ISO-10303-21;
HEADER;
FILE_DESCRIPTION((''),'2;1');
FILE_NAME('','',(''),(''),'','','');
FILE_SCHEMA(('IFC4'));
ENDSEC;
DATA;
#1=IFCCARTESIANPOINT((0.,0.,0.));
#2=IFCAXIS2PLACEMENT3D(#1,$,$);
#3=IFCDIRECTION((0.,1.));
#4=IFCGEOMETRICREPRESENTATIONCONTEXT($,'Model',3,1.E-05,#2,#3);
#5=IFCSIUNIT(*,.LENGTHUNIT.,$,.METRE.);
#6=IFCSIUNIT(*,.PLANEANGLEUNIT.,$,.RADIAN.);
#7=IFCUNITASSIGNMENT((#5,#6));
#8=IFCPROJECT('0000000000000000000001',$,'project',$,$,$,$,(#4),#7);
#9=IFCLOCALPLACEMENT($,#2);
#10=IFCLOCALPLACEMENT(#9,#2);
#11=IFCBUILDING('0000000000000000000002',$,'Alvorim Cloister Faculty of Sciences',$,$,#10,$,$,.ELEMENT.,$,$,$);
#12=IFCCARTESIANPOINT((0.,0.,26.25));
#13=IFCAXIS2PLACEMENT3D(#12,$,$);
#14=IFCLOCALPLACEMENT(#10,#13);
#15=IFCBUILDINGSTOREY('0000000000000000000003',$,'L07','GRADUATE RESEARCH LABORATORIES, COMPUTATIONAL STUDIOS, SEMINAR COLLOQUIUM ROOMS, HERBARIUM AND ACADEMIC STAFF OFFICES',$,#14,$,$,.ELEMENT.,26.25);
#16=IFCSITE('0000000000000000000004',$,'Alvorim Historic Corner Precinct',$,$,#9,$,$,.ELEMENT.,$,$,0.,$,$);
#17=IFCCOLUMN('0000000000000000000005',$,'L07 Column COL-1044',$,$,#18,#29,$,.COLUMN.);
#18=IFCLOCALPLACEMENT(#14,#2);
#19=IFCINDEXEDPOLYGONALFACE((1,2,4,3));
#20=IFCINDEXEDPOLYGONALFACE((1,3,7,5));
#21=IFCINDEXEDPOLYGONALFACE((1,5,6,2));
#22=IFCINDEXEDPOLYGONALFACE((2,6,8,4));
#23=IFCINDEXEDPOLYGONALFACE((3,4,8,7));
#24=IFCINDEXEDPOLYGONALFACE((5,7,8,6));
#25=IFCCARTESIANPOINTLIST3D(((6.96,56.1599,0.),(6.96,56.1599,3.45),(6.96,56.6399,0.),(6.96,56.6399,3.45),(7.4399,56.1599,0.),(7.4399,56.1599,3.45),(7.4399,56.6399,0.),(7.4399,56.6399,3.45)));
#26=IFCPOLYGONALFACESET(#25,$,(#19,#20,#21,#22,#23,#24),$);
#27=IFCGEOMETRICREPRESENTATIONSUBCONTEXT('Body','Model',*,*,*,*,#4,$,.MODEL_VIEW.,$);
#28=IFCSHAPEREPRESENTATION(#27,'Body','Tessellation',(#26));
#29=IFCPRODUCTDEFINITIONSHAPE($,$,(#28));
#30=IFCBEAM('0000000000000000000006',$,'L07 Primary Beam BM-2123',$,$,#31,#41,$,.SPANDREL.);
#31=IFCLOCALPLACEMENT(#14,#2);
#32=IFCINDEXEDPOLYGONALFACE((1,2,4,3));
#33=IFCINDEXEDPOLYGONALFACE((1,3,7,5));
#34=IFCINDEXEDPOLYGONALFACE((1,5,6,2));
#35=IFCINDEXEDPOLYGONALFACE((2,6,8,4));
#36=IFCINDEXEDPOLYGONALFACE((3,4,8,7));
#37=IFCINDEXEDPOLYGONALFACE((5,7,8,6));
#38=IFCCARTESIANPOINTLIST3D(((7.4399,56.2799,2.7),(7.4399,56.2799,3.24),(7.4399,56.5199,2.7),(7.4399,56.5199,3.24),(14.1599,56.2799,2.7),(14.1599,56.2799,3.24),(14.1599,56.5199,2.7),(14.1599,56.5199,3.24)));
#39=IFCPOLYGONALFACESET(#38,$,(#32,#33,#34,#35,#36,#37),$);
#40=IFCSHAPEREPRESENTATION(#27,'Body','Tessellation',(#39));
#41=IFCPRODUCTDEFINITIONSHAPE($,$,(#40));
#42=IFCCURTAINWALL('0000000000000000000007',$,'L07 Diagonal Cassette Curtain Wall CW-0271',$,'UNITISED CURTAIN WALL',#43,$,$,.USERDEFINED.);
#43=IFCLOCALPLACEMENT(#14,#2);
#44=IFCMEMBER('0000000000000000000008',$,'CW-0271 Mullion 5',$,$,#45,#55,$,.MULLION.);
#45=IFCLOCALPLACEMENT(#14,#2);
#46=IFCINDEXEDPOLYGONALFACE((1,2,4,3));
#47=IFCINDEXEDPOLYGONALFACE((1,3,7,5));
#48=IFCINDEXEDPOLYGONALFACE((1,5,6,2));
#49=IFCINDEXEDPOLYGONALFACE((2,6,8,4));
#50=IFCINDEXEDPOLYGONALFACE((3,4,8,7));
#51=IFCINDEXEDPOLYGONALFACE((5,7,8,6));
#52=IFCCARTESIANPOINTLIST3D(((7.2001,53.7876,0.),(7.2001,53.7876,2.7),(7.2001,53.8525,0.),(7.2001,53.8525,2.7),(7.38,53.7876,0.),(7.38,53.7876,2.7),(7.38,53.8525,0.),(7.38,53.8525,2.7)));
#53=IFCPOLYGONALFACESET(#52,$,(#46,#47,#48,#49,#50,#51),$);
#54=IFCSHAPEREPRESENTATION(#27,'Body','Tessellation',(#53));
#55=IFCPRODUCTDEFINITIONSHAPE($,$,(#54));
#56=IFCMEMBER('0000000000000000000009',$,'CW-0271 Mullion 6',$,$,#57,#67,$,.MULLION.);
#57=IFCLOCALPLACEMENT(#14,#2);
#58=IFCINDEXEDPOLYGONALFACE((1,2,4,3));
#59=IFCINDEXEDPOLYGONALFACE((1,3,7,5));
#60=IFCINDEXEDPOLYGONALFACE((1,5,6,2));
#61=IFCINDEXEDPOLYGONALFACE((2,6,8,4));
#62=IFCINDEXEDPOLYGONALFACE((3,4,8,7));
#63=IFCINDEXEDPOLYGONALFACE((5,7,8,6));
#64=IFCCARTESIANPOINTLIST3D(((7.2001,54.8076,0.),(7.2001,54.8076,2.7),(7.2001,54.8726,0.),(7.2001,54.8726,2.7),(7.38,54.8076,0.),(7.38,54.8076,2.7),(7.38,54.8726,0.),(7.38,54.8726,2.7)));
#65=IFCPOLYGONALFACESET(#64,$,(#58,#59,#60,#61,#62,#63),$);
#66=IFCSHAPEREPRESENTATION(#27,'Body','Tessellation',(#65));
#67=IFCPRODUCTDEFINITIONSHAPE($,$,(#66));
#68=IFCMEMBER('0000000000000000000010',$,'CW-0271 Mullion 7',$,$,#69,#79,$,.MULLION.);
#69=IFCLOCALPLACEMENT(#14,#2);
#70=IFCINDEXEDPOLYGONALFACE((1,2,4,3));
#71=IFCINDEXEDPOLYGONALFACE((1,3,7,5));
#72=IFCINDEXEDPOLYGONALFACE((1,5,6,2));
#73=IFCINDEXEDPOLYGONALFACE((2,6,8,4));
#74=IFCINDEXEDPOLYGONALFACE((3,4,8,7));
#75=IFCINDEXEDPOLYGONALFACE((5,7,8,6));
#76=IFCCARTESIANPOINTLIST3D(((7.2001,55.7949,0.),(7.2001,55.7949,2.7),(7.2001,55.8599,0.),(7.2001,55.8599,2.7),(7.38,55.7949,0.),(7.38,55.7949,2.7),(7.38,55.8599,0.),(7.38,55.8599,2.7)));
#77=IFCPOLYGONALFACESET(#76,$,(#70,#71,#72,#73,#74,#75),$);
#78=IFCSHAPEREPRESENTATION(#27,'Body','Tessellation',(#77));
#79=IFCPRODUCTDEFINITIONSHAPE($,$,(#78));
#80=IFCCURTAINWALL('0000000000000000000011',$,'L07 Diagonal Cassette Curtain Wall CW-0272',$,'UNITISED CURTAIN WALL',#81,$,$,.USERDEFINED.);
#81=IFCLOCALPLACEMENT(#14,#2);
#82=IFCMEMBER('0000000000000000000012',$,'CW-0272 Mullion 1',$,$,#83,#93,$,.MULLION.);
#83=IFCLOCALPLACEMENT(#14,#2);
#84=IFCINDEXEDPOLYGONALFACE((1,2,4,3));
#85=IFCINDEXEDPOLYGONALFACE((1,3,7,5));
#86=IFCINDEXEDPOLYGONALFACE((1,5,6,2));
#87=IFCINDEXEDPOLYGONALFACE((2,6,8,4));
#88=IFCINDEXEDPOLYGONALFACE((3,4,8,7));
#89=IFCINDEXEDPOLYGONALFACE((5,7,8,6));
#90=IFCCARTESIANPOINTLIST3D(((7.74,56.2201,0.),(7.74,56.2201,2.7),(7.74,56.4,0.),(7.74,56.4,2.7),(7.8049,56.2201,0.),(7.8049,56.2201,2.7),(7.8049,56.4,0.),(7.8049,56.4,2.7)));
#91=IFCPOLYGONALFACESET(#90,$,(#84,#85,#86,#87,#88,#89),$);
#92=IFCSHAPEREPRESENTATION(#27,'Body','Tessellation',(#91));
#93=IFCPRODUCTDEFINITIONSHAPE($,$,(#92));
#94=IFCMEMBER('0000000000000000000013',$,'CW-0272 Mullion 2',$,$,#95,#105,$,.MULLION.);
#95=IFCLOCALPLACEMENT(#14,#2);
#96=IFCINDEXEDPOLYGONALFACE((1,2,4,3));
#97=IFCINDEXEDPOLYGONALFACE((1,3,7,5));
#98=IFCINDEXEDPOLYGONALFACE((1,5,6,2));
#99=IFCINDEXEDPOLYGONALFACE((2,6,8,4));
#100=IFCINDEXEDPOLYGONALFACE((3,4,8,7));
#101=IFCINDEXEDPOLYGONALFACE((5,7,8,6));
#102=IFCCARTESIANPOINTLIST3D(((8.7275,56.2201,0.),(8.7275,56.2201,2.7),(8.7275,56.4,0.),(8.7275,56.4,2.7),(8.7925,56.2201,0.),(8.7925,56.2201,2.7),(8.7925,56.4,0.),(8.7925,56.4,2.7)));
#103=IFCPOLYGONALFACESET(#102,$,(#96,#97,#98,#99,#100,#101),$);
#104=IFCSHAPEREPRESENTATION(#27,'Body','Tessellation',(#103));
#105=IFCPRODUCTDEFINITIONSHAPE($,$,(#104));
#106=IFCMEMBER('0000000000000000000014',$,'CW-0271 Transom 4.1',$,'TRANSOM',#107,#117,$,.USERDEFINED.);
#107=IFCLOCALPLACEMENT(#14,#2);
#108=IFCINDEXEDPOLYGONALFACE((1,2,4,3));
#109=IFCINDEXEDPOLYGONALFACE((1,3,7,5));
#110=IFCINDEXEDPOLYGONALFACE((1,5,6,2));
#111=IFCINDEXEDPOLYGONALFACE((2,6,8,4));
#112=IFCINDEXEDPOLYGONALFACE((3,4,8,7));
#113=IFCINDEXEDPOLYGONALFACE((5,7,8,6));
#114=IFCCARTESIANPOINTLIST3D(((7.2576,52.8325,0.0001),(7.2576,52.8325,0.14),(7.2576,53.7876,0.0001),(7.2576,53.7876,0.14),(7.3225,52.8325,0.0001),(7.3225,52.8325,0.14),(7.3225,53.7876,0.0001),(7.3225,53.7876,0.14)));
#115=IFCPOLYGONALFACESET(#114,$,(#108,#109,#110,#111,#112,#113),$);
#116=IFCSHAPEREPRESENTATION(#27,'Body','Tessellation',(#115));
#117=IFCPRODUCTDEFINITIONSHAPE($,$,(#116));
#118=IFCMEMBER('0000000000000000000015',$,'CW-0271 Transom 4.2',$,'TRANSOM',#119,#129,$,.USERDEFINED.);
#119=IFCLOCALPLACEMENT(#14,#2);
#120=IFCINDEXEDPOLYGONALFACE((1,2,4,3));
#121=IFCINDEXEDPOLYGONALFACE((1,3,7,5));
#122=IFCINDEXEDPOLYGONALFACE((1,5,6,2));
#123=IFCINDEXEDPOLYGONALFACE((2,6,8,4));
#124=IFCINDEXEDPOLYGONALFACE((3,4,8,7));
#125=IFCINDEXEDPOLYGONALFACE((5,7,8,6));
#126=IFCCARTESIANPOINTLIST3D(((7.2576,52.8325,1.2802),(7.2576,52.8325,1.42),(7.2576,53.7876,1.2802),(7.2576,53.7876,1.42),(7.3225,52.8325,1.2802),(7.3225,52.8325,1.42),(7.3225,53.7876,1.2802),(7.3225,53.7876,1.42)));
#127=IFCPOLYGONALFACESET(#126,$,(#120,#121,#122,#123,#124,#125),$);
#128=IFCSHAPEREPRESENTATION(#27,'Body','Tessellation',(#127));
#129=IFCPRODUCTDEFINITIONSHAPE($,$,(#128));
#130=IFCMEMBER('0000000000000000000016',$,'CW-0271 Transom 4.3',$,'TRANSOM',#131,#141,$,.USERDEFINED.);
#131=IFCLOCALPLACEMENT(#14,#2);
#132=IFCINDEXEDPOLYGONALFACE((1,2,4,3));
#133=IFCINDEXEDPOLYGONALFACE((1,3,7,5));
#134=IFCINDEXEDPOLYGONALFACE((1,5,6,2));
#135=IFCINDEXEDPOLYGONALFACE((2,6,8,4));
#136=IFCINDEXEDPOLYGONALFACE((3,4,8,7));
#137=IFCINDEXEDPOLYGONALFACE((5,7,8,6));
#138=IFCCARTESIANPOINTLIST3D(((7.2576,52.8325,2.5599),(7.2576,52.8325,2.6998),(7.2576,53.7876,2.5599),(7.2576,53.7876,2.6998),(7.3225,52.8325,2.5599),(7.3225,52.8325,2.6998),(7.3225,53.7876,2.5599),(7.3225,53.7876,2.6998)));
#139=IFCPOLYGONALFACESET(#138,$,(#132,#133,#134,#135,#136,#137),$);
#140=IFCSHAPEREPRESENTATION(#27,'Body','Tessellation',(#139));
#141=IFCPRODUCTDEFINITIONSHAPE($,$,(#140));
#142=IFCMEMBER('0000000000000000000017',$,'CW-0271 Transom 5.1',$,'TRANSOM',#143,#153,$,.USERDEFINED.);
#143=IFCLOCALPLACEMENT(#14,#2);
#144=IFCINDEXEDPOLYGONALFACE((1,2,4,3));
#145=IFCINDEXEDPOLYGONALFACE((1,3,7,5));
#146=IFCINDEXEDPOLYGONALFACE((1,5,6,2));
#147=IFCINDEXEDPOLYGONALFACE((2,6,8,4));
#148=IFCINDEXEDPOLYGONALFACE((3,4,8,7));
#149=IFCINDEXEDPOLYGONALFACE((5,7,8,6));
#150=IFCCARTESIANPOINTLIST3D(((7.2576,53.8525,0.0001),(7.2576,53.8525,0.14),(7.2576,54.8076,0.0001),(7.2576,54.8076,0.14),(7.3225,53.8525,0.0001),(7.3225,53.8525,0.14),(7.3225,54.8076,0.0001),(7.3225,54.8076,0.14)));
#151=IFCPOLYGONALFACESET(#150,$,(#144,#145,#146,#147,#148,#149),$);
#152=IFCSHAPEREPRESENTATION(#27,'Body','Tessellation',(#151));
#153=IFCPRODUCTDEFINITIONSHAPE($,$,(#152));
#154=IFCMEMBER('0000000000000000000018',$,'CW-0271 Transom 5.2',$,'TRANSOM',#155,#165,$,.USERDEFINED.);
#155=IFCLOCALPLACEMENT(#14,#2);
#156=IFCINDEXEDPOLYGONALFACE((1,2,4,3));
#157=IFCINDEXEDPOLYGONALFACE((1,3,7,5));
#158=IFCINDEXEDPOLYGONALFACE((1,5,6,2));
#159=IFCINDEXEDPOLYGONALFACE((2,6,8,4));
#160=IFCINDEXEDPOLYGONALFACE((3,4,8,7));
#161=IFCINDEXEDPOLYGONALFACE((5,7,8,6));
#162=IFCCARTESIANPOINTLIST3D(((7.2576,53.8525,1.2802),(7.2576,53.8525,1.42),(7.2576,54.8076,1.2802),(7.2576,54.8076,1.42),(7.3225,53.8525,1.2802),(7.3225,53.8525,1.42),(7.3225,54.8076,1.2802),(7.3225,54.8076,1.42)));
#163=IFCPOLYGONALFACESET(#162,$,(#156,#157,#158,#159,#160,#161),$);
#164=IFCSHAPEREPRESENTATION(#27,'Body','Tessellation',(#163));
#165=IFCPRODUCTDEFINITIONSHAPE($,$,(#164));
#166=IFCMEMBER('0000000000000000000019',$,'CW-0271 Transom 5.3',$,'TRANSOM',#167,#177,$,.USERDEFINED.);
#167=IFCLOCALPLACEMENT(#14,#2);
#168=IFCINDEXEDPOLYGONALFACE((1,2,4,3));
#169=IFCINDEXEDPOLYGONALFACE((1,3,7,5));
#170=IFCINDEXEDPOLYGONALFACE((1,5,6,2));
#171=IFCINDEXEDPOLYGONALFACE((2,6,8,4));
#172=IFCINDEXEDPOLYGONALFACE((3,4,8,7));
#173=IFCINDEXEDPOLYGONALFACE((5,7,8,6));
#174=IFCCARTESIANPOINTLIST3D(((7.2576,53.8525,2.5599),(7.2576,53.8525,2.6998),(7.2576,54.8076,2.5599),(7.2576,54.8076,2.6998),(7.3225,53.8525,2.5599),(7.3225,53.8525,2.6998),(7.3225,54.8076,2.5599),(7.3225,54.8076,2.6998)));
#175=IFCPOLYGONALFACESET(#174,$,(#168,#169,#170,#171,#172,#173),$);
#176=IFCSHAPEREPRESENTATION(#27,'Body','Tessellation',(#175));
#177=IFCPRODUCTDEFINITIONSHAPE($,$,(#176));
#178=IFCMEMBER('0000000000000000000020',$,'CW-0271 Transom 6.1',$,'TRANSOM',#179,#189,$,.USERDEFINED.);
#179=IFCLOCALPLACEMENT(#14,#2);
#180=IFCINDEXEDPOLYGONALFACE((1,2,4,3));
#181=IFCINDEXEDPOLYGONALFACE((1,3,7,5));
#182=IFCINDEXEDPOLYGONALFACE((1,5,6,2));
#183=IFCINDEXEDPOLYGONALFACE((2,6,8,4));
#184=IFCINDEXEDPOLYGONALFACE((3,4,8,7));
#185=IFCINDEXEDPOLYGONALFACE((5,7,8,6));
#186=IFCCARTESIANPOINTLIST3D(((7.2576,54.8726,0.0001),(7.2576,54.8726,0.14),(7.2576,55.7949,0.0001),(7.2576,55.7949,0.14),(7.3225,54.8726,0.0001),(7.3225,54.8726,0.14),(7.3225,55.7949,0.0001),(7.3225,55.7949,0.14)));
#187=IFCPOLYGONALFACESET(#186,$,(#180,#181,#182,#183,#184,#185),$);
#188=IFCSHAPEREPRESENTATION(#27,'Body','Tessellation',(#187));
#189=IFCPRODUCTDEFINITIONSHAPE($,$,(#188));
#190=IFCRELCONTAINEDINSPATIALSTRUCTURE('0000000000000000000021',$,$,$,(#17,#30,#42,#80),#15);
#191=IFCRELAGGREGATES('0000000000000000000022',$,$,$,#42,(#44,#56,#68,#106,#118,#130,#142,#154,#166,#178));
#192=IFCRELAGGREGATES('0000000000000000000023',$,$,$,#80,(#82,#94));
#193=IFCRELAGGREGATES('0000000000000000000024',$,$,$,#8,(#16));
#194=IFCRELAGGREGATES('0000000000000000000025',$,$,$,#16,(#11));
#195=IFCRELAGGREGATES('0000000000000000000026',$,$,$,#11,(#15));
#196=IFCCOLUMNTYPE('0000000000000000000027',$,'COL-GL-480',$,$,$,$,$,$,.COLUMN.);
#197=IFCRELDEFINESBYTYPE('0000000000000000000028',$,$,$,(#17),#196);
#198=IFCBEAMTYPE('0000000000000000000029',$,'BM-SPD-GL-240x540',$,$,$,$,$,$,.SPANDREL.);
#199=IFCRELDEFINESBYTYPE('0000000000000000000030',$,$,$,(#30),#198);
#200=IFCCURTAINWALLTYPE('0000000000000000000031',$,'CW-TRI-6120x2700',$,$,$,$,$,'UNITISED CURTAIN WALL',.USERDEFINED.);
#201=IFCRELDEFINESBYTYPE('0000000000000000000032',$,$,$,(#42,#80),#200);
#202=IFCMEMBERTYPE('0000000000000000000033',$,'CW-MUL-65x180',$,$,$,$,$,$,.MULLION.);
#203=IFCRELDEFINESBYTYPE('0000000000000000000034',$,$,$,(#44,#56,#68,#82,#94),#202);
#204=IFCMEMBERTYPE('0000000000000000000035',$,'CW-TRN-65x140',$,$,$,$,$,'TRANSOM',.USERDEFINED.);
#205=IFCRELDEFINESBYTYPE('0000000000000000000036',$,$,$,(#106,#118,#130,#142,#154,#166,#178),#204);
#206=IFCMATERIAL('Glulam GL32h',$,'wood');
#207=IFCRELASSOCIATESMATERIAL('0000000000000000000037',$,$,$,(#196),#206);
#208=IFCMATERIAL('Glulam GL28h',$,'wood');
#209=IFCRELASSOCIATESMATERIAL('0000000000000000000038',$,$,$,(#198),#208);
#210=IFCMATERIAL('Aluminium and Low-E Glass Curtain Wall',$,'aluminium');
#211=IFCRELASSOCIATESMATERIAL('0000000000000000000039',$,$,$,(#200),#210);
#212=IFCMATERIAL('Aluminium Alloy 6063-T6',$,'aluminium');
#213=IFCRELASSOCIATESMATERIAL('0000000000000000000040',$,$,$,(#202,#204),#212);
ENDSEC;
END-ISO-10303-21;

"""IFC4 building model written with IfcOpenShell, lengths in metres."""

from ifc_helpers import new_model, si_unit, direction, frame, origin, origin_2d, place, context, subcontext, project, spatial, rectangle, extrude, material, material_profile, profile_set, type_object, element, aggregate, save


model = new_model("IFC4")

# Units and contexts
model_context = context("Model", 3, precision=1e-05, world=origin(), true_north=direction((0.0, 1.0)))
body_context = subcontext(model_context, "Body", "Model", "MODEL_VIEW")
ifc_project = project(units=[si_unit("LENGTHUNIT", "METRE"), si_unit("PLANEANGLEUNIT", "RADIAN")], contexts=[model_context])

# Site, building, storey
site_placement = place(None, origin())
site = spatial("IfcSite", under=ifc_project, at=site_placement, Name="Alvorim Historic Corner Precinct", CompositionType="ELEMENT", RefElevation=0.0)
building_placement = place(site_placement, origin())
building = spatial("IfcBuilding", under=site, at=building_placement, Name="Alvorim Cloister Faculty of Sciences", CompositionType="ELEMENT")
storey_placement = place(building_placement, frame((0.0, 0.0, 26.25)))
storey = spatial("IfcBuildingStorey", under=building, at=storey_placement, Name="L07", Description="GRADUATE RESEARCH LABORATORIES, COMPUTATIONAL STUDIOS, SEMINAR COLLOQUIUM ROOMS, HERBARIUM AND ACADEMIC STAFF OFFICES", CompositionType="ELEMENT", Elevation=26.25)

# Column
ifc_material_1 = material(Name="Glulam GL32h", Category="wood")
ifc_material_profile_1 = material_profile(ifc_material_1, rectangle(XDim=0.48, YDim=0.48, at=origin_2d()), Name="GL32-COL-480x480")
ifc_profile_set_1 = profile_set([ifc_material_profile_1], Name="Glulam GL32h")
column_type = type_object("IfcColumnType", Name="COL-GL-480", PredefinedType="COLUMN", material=ifc_profile_set_1)
column_placement = place(storey_placement, frame((7.2, 56.3999, 0.0), z_axis=(0.0, 0.0, 1.0), x_axis=(1.0, 0.0, 0.0)))
element("IfcColumn", 1, at=column_placement, inside=storey, type_object=column_type, Name="L07 Column COL-1044", PredefinedType="COLUMN", context=body_context, shape_type="SweptSolid", body=[
    extrude(rectangle(XDim=0.48, YDim=0.48, at=origin_2d()), origin(), (0.0, 0.0, 1.0), 3.45),
])

# Beam
ifc_material_2 = material(Name="Glulam GL28h", Category="wood")
ifc_material_profile_2 = material_profile(ifc_material_2, rectangle(XDim=0.24, YDim=0.54, at=origin_2d()), Name="GL28-SPD-240x540")
ifc_profile_set_2 = profile_set([ifc_material_profile_2], Name="Glulam GL28h")
beam_type = type_object("IfcBeamType", Name="BM-SPD-GL-240x540", PredefinedType="SPANDREL", material=ifc_profile_set_2)
beam_placement = place(storey_placement, frame((7.4399, 56.3999, 2.97), z_axis=(1.0, 0.0, 0.0), x_axis=(0.0, 1.0, 0.0)))
element("IfcBeam", 2, at=beam_placement, inside=storey, type_object=beam_type, Name="L07 Primary Beam BM-2123", PredefinedType="SPANDREL", context=body_context, shape_type="SweptSolid", body=[
    extrude(rectangle(XDim=0.24, YDim=0.54, at=origin_2d()), origin(), (0.0, 0.0, 1.0), 6.72),
])

# Curtain walls, members
ifc_material_3 = material(Name="Aluminium and Low-E Glass Curtain Wall", Category="aluminium")
curtain_wall_type = type_object("IfcCurtainWallType", Name="CW-TRI-6120x2700", ElementType="UNITISED CURTAIN WALL", PredefinedType="USERDEFINED", material=ifc_material_3)
curtain_wall_1_placement = place(storey_placement, origin())
curtain_wall_1 = element("IfcCurtainWall", 3, at=curtain_wall_1_placement, inside=storey, type_object=curtain_wall_type, Name="L07 Diagonal Cassette Curtain Wall CW-0271", ObjectType="UNITISED CURTAIN WALL", PredefinedType="USERDEFINED")
ifc_material_4 = material(Name="Aluminium Alloy 6063-T6", Category="aluminium")
ifc_material_profile_3 = material_profile(ifc_material_4, rectangle(XDim=0.0649, YDim=0.1799, at=origin_2d()), Name="ALU-MUL-65x180")
ifc_profile_set_3 = profile_set([ifc_material_profile_3], Name="Aluminium Alloy 6063-T6")
member_type_1 = type_object("IfcMemberType", Name="CW-MUL-65x180", PredefinedType="MULLION", material=ifc_profile_set_3)
member_1_placement = place(storey_placement, frame((7.29, 53.8201, 0.0), z_axis=(0.0, 0.0, 1.0), x_axis=(0.0, 1.0, 0.0)))
member_1 = element("IfcMember", 4, at=member_1_placement, type_object=member_type_1, Name="CW-0271 Mullion 5", PredefinedType="MULLION", context=body_context, shape_type="SweptSolid", body=[
    extrude(rectangle(XDim=0.0649, YDim=0.1799, at=origin_2d()), origin(), (0.0, 0.0, 1.0), 2.7),
])
member_2_placement = place(storey_placement, frame((7.29, 54.8401, 0.0), z_axis=(0.0, 0.0, 1.0), x_axis=(0.0, 1.0, 0.0)))
member_2 = element("IfcMember", 5, at=member_2_placement, type_object=member_type_1, Name="CW-0271 Mullion 6", PredefinedType="MULLION", context=body_context, shape_type="SweptSolid", body=[
    extrude(rectangle(XDim=0.0649, YDim=0.1799, at=origin_2d()), origin(), (0.0, 0.0, 1.0), 2.7),
])
member_3_placement = place(storey_placement, frame((7.29, 55.8274, 0.0), z_axis=(0.0, 0.0, 1.0), x_axis=(0.0, 1.0, 0.0)))
member_3 = element("IfcMember", 6, at=member_3_placement, type_object=member_type_1, Name="CW-0271 Mullion 7", PredefinedType="MULLION", context=body_context, shape_type="SweptSolid", body=[
    extrude(rectangle(XDim=0.0649, YDim=0.1799, at=origin_2d()), origin(), (0.0, 0.0, 1.0), 2.7),
])
curtain_wall_2_placement = place(storey_placement, origin())
curtain_wall_2 = element("IfcCurtainWall", 7, at=curtain_wall_2_placement, inside=storey, type_object=curtain_wall_type, Name="L07 Diagonal Cassette Curtain Wall CW-0272", ObjectType="UNITISED CURTAIN WALL", PredefinedType="USERDEFINED")
member_4_placement = place(storey_placement, frame((7.7725, 56.3101, 0.0), z_axis=(0.0, 0.0, 1.0), x_axis=(1.0, 0.0, 0.0)))
member_4 = element("IfcMember", 8, at=member_4_placement, type_object=member_type_1, Name="CW-0272 Mullion 1", PredefinedType="MULLION", context=body_context, shape_type="SweptSolid", body=[
    extrude(rectangle(XDim=0.0649, YDim=0.1799, at=origin_2d()), origin(), (0.0, 0.0, 1.0), 2.7),
])
member_5_placement = place(storey_placement, frame((8.76, 56.3101, 0.0), z_axis=(0.0, 0.0, 1.0), x_axis=(1.0, 0.0, 0.0)))
member_5 = element("IfcMember", 9, at=member_5_placement, type_object=member_type_1, Name="CW-0272 Mullion 2", PredefinedType="MULLION", context=body_context, shape_type="SweptSolid", body=[
    extrude(rectangle(XDim=0.0649, YDim=0.1799, at=origin_2d()), origin(), (0.0, 0.0, 1.0), 2.7),
])

# Members
ifc_material_profile_4 = material_profile(ifc_material_4, rectangle(XDim=0.0649, YDim=0.1399, at=origin_2d()), Name="ALU-TRN-65x140")
ifc_profile_set_4 = profile_set([ifc_material_profile_4], Name="Aluminium Alloy 6063-T6")
member_type_2 = type_object("IfcMemberType", Name="CW-TRN-65x140", ElementType="TRANSOM", PredefinedType="USERDEFINED", material=ifc_profile_set_4)
member_6_placement = place(storey_placement, frame((7.29, 52.8325, 0.0701), z_axis=(0.0, 1.0, 0.0), x_axis=(-1.0, 0.0, 0.0)))
member_6 = element("IfcMember", 10, at=member_6_placement, type_object=member_type_2, Name="CW-0271 Transom 4.1", ObjectType="TRANSOM", PredefinedType="USERDEFINED", context=body_context, shape_type="SweptSolid", body=[
    extrude(rectangle(XDim=0.0649, YDim=0.1399, at=origin_2d()), origin(), (0.0, 0.0, 1.0), 0.9551),
])
member_7_placement = place(storey_placement, frame((7.29, 52.8325, 1.3501), z_axis=(0.0, 1.0, 0.0), x_axis=(-1.0, 0.0, 0.0)))
member_7 = element("IfcMember", 11, at=member_7_placement, type_object=member_type_2, Name="CW-0271 Transom 4.2", ObjectType="TRANSOM", PredefinedType="USERDEFINED", context=body_context, shape_type="SweptSolid", body=[
    extrude(rectangle(XDim=0.0649, YDim=0.1399, at=origin_2d()), origin(), (0.0, 0.0, 1.0), 0.9551),
])
member_8_placement = place(storey_placement, frame((7.29, 52.8325, 2.6299), z_axis=(0.0, 1.0, 0.0), x_axis=(-1.0, 0.0, 0.0)))
member_8 = element("IfcMember", 12, at=member_8_placement, type_object=member_type_2, Name="CW-0271 Transom 4.3", ObjectType="TRANSOM", PredefinedType="USERDEFINED", context=body_context, shape_type="SweptSolid", body=[
    extrude(rectangle(XDim=0.0649, YDim=0.1399, at=origin_2d()), origin(), (0.0, 0.0, 1.0), 0.9551),
])
member_9_placement = place(storey_placement, frame((7.29, 53.8525, 0.0701), z_axis=(0.0, 1.0, 0.0), x_axis=(-1.0, 0.0, 0.0)))
member_9 = element("IfcMember", 13, at=member_9_placement, type_object=member_type_2, Name="CW-0271 Transom 5.1", ObjectType="TRANSOM", PredefinedType="USERDEFINED", context=body_context, shape_type="SweptSolid", body=[
    extrude(rectangle(XDim=0.0649, YDim=0.1399, at=origin_2d()), origin(), (0.0, 0.0, 1.0), 0.9551),
])
member_10_placement = place(storey_placement, frame((7.29, 53.8525, 1.3501), z_axis=(0.0, 1.0, 0.0), x_axis=(-1.0, 0.0, 0.0)))
member_10 = element("IfcMember", 14, at=member_10_placement, type_object=member_type_2, Name="CW-0271 Transom 5.2", ObjectType="TRANSOM", PredefinedType="USERDEFINED", context=body_context, shape_type="SweptSolid", body=[
    extrude(rectangle(XDim=0.0649, YDim=0.1399, at=origin_2d()), origin(), (0.0, 0.0, 1.0), 0.9551),
])
member_11_placement = place(storey_placement, frame((7.29, 53.8525, 2.6299), z_axis=(0.0, 1.0, 0.0), x_axis=(-1.0, 0.0, 0.0)))
member_11 = element("IfcMember", 15, at=member_11_placement, type_object=member_type_2, Name="CW-0271 Transom 5.3", ObjectType="TRANSOM", PredefinedType="USERDEFINED", context=body_context, shape_type="SweptSolid", body=[
    extrude(rectangle(XDim=0.0649, YDim=0.1399, at=origin_2d()), origin(), (0.0, 0.0, 1.0), 0.9551),
])
member_12_placement = place(storey_placement, frame((7.29, 54.8726, 0.0701), z_axis=(0.0, 1.0, 0.0), x_axis=(-1.0, 0.0, 0.0)))
member_12 = element("IfcMember", 16, at=member_12_placement, type_object=member_type_2, Name="CW-0271 Transom 6.1", ObjectType="TRANSOM", PredefinedType="USERDEFINED", context=body_context, shape_type="SweptSolid", body=[
    extrude(rectangle(XDim=0.0649, YDim=0.1399, at=origin_2d()), origin(), (0.0, 0.0, 1.0), 0.9224),
])

aggregate(curtain_wall_1, [member_1, member_2, member_3, member_6, member_7, member_8, member_9, member_10, member_11, member_12])
aggregate(curtain_wall_2, [member_4, member_5])

save(model, "model.ifc")
